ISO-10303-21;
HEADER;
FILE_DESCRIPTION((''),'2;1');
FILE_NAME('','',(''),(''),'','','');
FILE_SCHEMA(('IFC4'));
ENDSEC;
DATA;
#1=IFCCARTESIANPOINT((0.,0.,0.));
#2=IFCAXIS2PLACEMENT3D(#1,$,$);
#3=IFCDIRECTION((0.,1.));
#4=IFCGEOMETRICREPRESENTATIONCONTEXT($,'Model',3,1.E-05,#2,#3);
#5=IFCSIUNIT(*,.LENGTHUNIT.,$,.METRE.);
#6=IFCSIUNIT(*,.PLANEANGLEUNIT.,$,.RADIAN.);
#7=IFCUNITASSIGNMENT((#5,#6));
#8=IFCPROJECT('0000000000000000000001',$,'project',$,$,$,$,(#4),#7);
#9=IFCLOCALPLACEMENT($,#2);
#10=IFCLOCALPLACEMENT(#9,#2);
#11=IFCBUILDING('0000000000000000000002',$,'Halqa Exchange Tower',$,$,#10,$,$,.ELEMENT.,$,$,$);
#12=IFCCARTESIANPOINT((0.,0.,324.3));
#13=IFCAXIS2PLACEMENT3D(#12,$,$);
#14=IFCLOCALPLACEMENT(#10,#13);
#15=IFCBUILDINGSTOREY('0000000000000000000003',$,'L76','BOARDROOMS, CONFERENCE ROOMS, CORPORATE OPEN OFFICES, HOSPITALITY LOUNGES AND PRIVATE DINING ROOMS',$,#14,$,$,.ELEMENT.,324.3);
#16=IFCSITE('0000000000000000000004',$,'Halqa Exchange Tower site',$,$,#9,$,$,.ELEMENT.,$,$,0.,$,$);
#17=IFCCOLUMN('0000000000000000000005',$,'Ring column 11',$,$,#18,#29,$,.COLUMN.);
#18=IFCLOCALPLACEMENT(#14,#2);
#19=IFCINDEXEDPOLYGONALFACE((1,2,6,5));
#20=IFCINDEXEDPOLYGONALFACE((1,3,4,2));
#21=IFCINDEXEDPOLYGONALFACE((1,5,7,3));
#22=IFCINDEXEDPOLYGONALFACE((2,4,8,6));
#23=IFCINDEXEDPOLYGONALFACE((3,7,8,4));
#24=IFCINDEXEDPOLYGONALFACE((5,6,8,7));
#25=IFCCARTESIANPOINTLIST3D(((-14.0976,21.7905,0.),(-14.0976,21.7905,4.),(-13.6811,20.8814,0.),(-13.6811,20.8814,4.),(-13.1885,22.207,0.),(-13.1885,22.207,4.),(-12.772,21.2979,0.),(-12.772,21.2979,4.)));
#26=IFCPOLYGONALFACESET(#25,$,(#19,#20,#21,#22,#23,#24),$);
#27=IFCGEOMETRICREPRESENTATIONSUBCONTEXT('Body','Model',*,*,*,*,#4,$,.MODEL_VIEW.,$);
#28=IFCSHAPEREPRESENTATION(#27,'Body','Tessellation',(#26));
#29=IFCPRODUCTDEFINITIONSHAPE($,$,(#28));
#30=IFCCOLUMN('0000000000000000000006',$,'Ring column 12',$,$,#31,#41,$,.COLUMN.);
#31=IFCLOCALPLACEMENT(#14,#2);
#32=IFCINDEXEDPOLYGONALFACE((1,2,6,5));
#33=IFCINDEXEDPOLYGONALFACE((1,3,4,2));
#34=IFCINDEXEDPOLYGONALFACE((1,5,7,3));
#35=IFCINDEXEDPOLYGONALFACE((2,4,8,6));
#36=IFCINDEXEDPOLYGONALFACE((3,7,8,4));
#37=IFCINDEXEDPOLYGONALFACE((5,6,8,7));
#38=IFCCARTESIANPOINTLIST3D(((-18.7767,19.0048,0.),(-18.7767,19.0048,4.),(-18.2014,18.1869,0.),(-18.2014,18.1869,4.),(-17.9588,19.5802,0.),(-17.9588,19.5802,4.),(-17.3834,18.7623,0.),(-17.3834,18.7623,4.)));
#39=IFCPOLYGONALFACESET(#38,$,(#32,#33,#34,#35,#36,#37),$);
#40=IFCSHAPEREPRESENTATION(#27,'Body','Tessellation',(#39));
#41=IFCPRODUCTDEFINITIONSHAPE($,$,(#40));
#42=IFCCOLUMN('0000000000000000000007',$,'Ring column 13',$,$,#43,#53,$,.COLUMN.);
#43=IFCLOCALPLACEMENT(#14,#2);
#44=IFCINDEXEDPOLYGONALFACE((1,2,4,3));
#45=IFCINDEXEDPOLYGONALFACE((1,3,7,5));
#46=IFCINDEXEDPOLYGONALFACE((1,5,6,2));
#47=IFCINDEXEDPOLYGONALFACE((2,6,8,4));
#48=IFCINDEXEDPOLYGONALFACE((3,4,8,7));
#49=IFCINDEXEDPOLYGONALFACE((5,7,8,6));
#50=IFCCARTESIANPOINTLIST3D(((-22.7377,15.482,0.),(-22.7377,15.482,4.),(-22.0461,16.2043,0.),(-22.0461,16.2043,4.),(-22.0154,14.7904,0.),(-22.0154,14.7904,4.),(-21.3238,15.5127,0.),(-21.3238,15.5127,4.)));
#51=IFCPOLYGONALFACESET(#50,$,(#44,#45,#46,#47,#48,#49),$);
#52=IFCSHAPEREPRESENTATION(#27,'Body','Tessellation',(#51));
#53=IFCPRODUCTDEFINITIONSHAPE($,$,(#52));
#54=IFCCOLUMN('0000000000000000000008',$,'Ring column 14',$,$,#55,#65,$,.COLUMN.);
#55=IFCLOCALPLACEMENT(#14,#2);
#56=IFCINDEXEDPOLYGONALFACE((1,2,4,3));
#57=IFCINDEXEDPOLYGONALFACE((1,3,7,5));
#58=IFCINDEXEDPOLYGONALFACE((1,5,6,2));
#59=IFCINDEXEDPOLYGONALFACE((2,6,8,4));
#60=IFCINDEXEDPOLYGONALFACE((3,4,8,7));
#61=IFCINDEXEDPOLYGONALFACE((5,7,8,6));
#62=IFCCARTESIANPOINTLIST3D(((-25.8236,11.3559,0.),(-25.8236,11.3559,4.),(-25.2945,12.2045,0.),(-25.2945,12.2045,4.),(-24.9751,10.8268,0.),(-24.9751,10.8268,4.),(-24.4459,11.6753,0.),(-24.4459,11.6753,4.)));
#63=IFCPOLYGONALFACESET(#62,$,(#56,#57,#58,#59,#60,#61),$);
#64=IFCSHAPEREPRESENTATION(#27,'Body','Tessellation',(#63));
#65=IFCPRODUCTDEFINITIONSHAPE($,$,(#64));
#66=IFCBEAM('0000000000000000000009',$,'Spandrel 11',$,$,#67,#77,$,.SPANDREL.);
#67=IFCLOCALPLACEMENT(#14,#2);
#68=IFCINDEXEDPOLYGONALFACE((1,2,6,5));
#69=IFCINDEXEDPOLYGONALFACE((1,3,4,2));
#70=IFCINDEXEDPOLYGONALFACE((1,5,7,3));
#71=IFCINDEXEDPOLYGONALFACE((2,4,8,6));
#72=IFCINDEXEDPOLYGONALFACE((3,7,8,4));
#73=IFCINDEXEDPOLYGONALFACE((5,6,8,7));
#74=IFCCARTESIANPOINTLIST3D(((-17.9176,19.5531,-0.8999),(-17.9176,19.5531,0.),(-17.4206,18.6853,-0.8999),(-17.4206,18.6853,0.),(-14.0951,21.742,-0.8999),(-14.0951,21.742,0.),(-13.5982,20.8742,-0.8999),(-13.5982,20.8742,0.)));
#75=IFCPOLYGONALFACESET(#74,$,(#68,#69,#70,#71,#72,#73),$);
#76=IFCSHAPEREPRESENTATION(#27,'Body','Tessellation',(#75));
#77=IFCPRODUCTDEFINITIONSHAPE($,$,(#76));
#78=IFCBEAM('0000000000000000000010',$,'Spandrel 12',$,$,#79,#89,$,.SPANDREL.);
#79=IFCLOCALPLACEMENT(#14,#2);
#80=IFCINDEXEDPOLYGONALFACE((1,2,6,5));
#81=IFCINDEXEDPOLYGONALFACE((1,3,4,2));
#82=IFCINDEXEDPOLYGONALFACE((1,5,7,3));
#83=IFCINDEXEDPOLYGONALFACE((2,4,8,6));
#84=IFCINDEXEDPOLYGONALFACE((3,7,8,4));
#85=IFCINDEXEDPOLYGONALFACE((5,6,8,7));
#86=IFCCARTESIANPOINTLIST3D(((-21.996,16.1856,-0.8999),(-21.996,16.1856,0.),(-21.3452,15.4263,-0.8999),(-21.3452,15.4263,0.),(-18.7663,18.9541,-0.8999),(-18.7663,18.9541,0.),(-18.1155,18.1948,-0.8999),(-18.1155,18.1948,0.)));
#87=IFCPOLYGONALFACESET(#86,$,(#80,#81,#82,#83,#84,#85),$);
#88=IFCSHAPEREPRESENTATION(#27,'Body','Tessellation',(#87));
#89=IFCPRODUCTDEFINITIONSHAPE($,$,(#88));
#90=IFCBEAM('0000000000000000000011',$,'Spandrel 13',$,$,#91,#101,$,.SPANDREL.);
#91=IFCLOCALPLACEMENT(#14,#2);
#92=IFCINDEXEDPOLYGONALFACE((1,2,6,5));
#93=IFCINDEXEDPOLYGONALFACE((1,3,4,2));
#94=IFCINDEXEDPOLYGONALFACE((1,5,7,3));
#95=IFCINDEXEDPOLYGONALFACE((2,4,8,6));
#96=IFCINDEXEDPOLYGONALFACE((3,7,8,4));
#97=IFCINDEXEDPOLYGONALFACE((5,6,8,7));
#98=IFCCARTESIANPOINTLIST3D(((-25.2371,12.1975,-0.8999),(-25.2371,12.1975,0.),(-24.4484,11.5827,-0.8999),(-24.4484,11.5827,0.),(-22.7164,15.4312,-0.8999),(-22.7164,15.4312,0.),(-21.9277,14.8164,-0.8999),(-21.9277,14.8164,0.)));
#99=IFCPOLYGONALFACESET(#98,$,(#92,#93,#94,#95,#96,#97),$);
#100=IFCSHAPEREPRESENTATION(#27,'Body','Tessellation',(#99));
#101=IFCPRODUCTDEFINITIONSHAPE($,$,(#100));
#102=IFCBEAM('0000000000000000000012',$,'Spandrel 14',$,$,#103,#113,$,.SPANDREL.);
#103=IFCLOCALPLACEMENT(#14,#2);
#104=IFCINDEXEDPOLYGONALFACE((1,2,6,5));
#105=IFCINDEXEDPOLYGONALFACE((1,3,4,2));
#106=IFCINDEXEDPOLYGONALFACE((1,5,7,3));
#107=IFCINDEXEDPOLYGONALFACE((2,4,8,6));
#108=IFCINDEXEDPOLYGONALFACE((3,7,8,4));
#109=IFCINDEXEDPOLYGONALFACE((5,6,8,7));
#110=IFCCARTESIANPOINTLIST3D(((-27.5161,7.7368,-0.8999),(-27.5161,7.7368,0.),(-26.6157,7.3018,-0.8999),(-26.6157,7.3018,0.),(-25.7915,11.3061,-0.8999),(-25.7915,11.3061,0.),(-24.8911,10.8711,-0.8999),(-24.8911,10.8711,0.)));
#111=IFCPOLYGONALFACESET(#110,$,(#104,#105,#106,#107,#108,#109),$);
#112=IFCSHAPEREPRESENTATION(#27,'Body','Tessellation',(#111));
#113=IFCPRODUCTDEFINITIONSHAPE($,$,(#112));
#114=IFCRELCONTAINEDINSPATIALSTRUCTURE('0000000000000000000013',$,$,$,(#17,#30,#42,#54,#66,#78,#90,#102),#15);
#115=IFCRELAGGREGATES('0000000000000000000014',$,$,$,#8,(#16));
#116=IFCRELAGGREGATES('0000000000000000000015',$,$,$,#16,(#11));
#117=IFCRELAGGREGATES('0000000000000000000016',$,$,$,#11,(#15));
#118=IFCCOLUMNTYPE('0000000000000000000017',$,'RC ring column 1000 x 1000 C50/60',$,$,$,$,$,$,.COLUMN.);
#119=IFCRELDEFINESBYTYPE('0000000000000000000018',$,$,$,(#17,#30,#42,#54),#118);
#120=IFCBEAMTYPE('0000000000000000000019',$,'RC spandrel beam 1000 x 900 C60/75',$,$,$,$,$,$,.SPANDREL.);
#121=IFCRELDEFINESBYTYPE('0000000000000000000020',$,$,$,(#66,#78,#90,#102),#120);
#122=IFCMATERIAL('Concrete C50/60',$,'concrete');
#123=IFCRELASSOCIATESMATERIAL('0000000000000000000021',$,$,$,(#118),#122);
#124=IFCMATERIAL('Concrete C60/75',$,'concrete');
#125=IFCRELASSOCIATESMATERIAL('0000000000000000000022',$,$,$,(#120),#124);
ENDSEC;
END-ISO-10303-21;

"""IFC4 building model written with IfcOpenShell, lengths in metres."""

from ifc_helpers import new_model, si_unit, direction, frame, origin, origin_2d, place, context, subcontext, project, spatial, rectangle, extrude, material, material_profile, profile_set, type_object, element, save


model = new_model("IFC4")

# Units and contexts
model_context = context("Model", 3, precision=1e-05, world=origin(), true_north=direction((0.0, 1.0)))
body_context = subcontext(model_context, "Body", "Model", "MODEL_VIEW")
ifc_project = project(units=[si_unit("LENGTHUNIT", "METRE"), si_unit("PLANEANGLEUNIT", "RADIAN")], contexts=[model_context])

# Site, building, storey
site_placement = place(None, origin())
site = spatial("IfcSite", under=ifc_project, at=site_placement, Name="Halqa Exchange Tower site", CompositionType="ELEMENT", RefElevation=0.0)
building_placement = place(site_placement, origin())
building = spatial("IfcBuilding", under=site, at=building_placement, Name="Halqa Exchange Tower", CompositionType="ELEMENT")
storey_placement = place(building_placement, frame((0.0, 0.0, 324.3)))
storey = spatial("IfcBuildingStorey", under=building, at=storey_placement, Name="L76", Description="BOARDROOMS, CONFERENCE ROOMS, CORPORATE OPEN OFFICES, HOSPITALITY LOUNGES AND PRIVATE DINING ROOMS", CompositionType="ELEMENT", Elevation=324.3)

# Columns
ifc_material_1 = material(Name="Concrete C50/60", Category="concrete")
ifc_material_profile_1 = material_profile(ifc_material_1, rectangle(XDim=1.0, YDim=1.0, at=origin_2d()), Name="1000 x 1000")
ifc_profile_set_1 = profile_set([ifc_material_profile_1], Name="Concrete C50/60")
column_type = type_object("IfcColumnType", Name="RC ring column 1000 x 1000 C50/60", PredefinedType="COLUMN", material=ifc_profile_set_1)
for number, where, z_axis, x_axis, name in (
    (1, (-13.4348, 21.5442, 0.0), (0.0, 0.0, 1.0), (-0.909129, -0.416516, 0.0), "Ring column 11"),
    (2, (-18.0801, 18.8835, 0.0), (0.0, 0.0, 1.0), (-0.817907, -0.575351, 0.0), "Ring column 12"),
    (3, (-22.0308, 15.4973, 0.0), (0.0, 0.0, 1.0), (-0.691579, -0.722301, 0.0), "Ring column 13"),
    (4, (-25.1348, 11.5156, 0.0), (0.0, 0.0, 1.0), (-0.52914, -0.848534, 0.0), "Ring column 14"),
):
    element("IfcColumn", number, at=place(storey_placement, frame(where, z_axis=z_axis, x_axis=x_axis)), inside=storey, type_object=column_type, Name=name, PredefinedType="COLUMN", context=body_context, shape_type="SweptSolid", body=[
        extrude(rectangle(XDim=1.0, YDim=1.0, at=origin_2d()), origin(), (0.0, 0.0, 1.0), 4.0),
    ])

# Beams
ifc_material_2 = material(Name="Concrete C60/75", Category="concrete")
ifc_material_profile_2 = material_profile(ifc_material_2, rectangle(XDim=1.0, YDim=0.8999, at=origin_2d()), Name="1000 x 900")
ifc_profile_set_2 = profile_set([ifc_material_profile_2], Name="Concrete C60/75")
beam_type = type_object("IfcBeamType", Name="RC spandrel beam 1000 x 900 C60/75", PredefinedType="SPANDREL", material=ifc_profile_set_2)
beam_1_placement = place(storey_placement, frame((-13.8467, 21.3081, -0.45), z_axis=(-0.867786, -0.496939, 0.0), x_axis=(0.496939, -0.867786, 0.0)))
element("IfcBeam", 5, at=beam_1_placement, inside=storey, type_object=beam_type, Name="Spandrel 11", PredefinedType="SPANDREL", context=body_context, shape_type="SweptSolid", body=[
    extrude(rectangle(XDim=1.0, YDim=0.8999, at=origin_2d()), origin(), (0.0, 0.0, 1.0), 4.4048),
])
beam_2_placement = place(storey_placement, frame((-18.4409, 18.5745, -0.45), z_axis=(-0.759232, -0.65082, 0.0), x_axis=(0.65082, -0.759232, 0.0)))
element("IfcBeam", 6, at=beam_2_placement, inside=storey, type_object=beam_type, Name="Spandrel 12", PredefinedType="SPANDREL", context=body_context, shape_type="SweptSolid", body=[
    extrude(rectangle(XDim=1.0, YDim=0.8999, at=origin_2d()), origin(), (0.0, 0.0, 1.0), 4.2539),
])
beam_3_placement = place(storey_placement, frame((-22.322, 15.1238, -0.45), z_axis=(-0.614806, -0.788678, 0.0), x_axis=(0.788678, -0.614806, 0.0)))
element("IfcBeam", 7, at=beam_3_placement, inside=storey, type_object=beam_type, Name="Spandrel 13", PredefinedType="SPANDREL", context=body_context, shape_type="SweptSolid", body=[
    extrude(rectangle(XDim=1.0, YDim=0.8999, at=origin_2d()), origin(), (0.0, 0.0, 1.0), 4.1001),
])
beam_4_placement = place(storey_placement, frame((-25.3413, 11.0886, -0.45), z_axis=(-0.435052, -0.900405, 0.0), x_axis=(0.900405, -0.435052, 0.0)))
element("IfcBeam", 8, at=beam_4_placement, inside=storey, type_object=beam_type, Name="Spandrel 14", PredefinedType="SPANDREL", context=body_context, shape_type="SweptSolid", body=[
    extrude(rectangle(XDim=1.0, YDim=0.8999, at=origin_2d()), origin(), (0.0, 0.0, 1.0), 3.9641),
])

save(model, "model.ifc")
